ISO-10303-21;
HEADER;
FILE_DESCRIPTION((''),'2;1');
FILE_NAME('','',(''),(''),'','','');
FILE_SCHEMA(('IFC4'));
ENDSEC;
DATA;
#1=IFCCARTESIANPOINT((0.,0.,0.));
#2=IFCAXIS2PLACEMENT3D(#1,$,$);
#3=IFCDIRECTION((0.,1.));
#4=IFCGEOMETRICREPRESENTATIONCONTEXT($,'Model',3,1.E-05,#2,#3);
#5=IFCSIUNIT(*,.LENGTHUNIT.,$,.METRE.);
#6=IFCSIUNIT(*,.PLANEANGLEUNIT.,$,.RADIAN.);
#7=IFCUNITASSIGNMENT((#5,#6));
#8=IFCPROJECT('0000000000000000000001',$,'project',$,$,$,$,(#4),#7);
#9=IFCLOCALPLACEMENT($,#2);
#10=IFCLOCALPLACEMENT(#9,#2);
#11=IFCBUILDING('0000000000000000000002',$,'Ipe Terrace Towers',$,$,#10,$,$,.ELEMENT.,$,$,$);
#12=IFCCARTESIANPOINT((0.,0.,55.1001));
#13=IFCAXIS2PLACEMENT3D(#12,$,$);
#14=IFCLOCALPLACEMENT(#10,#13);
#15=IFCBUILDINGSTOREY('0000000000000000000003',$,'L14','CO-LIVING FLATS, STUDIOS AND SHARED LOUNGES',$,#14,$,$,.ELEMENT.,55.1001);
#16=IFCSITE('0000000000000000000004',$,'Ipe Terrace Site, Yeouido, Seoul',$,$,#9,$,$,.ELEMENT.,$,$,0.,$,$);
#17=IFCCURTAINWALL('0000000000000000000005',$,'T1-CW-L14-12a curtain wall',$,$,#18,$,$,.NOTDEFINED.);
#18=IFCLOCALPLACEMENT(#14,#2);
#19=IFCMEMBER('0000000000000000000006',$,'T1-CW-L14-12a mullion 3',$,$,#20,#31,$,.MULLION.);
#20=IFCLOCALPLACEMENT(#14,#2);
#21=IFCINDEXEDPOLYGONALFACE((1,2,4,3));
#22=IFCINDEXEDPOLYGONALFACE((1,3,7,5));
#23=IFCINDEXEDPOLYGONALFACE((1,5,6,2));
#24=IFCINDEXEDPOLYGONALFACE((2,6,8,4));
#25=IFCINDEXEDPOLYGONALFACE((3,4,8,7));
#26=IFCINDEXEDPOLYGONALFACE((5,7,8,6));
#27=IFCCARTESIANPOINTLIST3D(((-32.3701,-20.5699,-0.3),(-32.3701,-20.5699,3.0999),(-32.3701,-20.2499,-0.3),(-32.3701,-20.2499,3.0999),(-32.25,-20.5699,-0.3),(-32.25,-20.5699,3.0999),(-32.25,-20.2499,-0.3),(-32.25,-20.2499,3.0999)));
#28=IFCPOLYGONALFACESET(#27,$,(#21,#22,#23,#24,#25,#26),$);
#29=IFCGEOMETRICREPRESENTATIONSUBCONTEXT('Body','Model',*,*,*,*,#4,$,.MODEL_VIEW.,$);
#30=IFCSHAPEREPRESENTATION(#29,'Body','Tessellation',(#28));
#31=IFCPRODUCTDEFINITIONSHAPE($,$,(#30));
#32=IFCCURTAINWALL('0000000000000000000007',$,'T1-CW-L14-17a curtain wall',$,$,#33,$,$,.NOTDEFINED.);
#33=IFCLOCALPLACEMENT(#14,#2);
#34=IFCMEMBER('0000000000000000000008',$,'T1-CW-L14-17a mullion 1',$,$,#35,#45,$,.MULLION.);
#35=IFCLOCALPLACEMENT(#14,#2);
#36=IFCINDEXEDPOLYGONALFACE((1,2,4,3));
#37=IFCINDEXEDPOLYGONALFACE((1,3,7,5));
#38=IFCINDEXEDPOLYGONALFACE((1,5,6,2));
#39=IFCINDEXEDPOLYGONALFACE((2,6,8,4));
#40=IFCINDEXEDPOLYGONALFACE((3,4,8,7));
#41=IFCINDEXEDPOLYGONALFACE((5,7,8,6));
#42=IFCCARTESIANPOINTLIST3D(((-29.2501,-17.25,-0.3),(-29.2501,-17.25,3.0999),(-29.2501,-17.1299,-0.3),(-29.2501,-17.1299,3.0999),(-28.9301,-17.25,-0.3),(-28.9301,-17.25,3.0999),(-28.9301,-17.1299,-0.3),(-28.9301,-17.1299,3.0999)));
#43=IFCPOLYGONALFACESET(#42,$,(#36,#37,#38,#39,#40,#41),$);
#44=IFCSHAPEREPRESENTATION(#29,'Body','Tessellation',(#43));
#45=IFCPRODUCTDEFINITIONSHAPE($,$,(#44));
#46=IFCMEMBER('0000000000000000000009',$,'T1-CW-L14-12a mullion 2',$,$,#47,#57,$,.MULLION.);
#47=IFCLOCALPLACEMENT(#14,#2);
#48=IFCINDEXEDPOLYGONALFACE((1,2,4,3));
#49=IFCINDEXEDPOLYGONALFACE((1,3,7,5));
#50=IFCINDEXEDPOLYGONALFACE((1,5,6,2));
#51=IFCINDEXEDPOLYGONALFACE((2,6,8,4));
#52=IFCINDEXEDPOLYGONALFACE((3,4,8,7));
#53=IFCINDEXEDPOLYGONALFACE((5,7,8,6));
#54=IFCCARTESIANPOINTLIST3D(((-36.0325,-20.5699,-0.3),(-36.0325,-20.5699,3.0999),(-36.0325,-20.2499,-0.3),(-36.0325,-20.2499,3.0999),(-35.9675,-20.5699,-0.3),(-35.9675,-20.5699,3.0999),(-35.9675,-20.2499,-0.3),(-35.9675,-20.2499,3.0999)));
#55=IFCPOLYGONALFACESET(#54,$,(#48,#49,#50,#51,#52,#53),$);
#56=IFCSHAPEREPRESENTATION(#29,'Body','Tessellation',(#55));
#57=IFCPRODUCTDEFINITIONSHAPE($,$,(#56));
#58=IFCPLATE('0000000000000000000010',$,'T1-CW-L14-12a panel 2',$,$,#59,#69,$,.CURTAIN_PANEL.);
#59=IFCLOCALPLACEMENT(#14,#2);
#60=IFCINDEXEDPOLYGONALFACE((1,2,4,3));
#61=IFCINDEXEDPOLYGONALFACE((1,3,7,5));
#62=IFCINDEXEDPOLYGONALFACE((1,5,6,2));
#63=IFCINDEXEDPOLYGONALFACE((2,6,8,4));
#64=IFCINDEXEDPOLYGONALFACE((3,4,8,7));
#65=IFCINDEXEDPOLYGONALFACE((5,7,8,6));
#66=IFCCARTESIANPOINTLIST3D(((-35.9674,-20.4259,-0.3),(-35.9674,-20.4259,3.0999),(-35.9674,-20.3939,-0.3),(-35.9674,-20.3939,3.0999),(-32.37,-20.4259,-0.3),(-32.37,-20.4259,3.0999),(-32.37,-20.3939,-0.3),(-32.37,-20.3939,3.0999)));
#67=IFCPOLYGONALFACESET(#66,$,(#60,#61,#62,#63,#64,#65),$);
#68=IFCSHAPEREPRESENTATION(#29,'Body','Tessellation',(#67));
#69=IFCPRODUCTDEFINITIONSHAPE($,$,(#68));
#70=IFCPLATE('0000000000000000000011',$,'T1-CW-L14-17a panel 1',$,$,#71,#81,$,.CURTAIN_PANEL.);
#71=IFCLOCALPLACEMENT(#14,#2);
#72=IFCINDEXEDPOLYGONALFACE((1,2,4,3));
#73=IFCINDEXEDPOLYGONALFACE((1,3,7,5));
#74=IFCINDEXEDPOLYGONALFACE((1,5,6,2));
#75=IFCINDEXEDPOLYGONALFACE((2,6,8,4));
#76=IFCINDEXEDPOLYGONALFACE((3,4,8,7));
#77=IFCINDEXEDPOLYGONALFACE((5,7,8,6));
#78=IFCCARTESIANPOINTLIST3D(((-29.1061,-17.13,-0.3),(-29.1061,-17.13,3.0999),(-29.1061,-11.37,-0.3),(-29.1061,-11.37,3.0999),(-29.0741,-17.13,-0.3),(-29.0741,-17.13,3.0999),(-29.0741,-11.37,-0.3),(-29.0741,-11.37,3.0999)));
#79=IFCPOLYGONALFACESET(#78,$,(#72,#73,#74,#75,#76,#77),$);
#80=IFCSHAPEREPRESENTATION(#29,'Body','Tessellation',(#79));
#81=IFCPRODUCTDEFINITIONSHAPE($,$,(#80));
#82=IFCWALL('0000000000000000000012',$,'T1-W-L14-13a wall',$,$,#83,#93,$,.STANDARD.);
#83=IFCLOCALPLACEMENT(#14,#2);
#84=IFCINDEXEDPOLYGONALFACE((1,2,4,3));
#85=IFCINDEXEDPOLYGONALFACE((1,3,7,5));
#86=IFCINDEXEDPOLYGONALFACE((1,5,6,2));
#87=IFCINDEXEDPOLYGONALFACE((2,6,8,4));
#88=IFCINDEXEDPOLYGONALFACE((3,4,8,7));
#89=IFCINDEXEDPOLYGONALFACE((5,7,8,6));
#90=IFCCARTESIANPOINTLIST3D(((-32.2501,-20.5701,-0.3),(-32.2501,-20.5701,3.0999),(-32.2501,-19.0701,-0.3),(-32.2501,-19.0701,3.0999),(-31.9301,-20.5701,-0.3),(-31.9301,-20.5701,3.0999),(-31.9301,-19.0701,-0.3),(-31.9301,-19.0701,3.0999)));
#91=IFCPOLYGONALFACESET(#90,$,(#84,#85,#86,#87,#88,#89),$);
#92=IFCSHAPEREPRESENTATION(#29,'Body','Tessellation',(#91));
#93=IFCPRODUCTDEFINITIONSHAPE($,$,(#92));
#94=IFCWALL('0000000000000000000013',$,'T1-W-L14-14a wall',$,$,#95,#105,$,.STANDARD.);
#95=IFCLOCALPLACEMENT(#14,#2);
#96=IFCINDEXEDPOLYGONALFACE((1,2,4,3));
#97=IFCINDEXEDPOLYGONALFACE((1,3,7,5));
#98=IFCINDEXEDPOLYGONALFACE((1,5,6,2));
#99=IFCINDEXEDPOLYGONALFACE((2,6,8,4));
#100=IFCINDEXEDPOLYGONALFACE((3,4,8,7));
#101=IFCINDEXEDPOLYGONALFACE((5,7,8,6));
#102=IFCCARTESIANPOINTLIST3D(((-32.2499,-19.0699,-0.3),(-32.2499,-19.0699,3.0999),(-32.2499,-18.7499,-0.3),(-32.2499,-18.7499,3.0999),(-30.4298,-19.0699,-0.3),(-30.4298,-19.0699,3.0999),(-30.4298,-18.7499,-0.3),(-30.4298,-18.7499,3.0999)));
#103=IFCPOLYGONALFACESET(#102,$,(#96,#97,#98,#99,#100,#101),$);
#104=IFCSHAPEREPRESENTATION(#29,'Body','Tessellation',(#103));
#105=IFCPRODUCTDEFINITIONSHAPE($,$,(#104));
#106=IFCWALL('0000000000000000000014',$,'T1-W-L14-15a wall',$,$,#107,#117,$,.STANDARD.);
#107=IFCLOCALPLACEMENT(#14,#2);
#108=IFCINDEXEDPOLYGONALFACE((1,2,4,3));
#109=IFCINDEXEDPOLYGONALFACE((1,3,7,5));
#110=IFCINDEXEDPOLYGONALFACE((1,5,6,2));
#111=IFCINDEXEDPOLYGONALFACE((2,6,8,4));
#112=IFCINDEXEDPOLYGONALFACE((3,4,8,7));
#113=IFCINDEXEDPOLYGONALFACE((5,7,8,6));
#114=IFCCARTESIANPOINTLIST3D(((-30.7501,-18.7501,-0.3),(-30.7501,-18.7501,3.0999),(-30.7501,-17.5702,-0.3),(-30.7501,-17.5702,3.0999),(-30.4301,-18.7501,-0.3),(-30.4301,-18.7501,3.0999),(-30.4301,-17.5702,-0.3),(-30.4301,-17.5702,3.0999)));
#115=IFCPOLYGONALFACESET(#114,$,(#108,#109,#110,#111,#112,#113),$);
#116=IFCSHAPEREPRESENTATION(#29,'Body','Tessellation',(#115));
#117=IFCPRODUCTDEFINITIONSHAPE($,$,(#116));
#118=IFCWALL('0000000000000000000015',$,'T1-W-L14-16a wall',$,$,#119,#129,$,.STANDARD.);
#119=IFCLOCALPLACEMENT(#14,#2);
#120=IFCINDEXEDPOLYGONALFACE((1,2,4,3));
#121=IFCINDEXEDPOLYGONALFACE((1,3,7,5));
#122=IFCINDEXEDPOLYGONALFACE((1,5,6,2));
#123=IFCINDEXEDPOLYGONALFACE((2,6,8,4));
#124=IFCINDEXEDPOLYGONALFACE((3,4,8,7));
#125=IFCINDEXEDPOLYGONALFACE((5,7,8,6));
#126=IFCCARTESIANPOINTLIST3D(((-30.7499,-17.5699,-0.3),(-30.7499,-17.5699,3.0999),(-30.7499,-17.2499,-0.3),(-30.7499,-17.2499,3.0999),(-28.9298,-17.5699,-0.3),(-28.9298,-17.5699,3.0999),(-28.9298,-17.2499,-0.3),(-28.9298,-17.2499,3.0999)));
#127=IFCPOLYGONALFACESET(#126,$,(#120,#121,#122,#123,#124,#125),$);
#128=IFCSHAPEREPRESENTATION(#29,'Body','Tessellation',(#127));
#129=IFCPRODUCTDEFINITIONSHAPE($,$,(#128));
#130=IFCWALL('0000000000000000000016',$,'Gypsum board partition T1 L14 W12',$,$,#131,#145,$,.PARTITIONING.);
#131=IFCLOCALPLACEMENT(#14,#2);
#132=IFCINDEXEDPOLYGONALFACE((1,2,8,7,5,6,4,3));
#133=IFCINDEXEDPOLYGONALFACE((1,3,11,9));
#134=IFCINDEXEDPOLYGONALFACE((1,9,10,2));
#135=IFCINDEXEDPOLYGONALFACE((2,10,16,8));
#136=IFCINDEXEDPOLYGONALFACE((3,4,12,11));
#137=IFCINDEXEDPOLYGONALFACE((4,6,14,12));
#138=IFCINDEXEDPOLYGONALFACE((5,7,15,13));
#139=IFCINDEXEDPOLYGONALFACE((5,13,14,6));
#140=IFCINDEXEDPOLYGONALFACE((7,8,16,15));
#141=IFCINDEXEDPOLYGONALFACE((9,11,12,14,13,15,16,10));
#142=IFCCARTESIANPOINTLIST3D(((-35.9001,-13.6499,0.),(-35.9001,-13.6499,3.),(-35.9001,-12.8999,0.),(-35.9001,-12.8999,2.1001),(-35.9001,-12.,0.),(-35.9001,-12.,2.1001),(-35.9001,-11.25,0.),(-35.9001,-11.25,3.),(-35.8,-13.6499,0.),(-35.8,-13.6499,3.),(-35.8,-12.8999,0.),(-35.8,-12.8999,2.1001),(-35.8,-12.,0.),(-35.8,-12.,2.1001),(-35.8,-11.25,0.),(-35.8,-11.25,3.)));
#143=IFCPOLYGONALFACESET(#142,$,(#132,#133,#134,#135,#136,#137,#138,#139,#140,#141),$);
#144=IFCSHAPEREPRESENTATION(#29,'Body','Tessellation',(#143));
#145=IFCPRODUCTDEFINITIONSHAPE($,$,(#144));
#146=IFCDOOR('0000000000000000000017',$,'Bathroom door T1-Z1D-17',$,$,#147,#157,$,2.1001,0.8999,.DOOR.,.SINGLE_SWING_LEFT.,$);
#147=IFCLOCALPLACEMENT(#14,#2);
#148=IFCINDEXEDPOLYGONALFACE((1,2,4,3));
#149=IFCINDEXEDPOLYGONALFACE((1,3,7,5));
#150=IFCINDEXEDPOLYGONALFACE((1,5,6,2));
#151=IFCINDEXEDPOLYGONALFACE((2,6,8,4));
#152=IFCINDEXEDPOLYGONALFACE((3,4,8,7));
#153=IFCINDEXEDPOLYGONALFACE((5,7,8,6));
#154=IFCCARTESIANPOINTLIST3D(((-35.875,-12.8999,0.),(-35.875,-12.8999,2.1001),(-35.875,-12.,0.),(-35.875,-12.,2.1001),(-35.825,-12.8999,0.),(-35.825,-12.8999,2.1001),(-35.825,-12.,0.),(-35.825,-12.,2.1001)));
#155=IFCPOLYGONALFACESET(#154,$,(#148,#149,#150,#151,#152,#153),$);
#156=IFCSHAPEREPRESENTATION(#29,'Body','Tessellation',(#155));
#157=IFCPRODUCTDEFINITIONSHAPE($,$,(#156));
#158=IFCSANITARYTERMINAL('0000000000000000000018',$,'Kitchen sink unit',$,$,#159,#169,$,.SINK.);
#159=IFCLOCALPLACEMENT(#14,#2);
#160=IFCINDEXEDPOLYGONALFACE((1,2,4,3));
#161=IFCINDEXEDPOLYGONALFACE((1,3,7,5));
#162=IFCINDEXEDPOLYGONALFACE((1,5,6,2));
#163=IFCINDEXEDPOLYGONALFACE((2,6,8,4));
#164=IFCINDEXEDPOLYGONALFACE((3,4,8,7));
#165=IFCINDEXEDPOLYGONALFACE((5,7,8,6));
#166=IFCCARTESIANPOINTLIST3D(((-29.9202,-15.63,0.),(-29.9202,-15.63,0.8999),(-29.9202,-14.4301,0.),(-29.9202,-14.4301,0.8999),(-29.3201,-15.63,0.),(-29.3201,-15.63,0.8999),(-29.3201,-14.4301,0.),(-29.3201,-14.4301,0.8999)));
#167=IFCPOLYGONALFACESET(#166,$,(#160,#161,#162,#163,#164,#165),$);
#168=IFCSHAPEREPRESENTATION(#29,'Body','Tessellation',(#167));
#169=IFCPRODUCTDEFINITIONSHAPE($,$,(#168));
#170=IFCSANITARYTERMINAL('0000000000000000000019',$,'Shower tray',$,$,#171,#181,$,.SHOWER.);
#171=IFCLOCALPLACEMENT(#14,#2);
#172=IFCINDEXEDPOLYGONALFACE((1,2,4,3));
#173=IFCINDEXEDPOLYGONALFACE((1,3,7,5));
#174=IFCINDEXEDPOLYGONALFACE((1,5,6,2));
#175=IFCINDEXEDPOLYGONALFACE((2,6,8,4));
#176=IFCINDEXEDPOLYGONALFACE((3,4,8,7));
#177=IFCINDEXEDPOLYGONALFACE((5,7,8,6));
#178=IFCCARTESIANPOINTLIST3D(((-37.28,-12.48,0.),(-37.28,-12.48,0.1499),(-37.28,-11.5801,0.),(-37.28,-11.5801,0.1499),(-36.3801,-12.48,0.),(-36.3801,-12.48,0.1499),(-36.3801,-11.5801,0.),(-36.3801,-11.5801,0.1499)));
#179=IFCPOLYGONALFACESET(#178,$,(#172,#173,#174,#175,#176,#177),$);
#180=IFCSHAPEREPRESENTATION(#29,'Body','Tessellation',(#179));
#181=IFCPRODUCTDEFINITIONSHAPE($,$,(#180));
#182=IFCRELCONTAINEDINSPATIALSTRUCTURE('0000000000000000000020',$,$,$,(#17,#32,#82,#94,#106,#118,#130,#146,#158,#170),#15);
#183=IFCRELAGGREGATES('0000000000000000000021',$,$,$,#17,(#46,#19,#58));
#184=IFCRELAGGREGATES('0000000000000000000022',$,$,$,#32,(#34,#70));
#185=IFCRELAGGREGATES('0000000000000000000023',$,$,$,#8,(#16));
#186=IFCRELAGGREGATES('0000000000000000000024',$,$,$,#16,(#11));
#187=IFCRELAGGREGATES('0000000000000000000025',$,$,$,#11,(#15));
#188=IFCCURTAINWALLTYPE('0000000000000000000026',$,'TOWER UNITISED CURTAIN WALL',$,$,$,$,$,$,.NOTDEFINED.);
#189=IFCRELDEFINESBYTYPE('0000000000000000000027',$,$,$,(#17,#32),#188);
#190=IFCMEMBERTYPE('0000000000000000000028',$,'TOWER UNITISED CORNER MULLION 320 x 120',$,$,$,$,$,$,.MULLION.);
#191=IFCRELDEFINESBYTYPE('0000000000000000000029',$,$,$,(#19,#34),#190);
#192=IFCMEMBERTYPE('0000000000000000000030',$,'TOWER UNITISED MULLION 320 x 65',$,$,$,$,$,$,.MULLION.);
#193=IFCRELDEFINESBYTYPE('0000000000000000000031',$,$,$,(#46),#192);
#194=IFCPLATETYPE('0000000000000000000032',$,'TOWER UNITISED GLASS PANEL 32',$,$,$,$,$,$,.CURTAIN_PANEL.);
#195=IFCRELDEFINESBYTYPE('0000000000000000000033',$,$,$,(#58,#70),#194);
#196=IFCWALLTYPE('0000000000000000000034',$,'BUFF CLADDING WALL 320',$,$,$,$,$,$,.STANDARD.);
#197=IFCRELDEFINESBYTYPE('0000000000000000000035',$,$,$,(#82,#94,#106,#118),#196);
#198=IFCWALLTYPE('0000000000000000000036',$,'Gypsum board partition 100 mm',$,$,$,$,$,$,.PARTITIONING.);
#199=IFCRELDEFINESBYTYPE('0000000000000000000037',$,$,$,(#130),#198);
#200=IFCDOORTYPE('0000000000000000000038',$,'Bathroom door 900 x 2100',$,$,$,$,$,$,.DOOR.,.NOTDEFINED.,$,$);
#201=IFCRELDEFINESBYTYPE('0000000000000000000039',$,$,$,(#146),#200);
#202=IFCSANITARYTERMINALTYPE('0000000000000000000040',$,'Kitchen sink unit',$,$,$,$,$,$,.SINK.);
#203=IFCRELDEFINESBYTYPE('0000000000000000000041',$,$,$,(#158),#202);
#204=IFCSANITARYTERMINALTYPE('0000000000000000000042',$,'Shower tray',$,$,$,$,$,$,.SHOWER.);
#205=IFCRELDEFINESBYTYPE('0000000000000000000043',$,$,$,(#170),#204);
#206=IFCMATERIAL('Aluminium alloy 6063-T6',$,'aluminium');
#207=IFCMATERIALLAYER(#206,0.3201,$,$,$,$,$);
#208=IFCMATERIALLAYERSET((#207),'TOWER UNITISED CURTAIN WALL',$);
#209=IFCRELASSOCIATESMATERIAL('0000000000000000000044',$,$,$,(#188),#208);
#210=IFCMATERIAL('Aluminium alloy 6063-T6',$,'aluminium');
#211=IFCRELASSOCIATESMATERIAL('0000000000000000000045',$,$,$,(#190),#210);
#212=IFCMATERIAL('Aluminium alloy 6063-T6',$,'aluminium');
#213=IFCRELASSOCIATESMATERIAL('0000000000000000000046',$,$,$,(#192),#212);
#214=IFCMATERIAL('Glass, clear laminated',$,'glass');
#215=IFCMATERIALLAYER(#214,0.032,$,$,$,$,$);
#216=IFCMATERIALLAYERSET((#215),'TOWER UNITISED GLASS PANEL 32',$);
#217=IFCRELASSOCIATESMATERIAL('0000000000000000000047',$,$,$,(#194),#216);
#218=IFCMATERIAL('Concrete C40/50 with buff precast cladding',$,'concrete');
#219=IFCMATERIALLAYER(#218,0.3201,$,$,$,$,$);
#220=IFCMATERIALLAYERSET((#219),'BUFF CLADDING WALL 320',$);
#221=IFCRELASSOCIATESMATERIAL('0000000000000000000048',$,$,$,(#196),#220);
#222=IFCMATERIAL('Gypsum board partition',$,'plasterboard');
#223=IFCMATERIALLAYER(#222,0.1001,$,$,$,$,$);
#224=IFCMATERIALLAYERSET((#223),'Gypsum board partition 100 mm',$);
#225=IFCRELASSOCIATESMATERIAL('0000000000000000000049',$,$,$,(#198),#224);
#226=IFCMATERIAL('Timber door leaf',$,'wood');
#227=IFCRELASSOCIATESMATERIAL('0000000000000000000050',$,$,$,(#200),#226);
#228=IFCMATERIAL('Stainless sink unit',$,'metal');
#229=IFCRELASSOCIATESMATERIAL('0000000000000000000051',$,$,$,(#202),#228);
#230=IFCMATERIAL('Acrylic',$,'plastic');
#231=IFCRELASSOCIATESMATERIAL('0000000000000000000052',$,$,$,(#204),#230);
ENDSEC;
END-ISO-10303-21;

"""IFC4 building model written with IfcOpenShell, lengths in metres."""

from ifc_helpers import new_model, si_unit, direction, frame, frame_2d, origin, origin_2d, place, context, subcontext, project, spatial, rectangle, extrude, material, layer, layer_set, material_profile, profile_set, type_object, element, fill, aggregate, save


model = new_model("IFC4")

# Units and contexts
model_context = context("Model", 3, precision=1e-05, world=origin(), true_north=direction((0.0, 1.0)))
body_context = subcontext(model_context, "Body", "Model", "MODEL_VIEW")
ifc_project = project(units=[si_unit("LENGTHUNIT", "METRE"), si_unit("PLANEANGLEUNIT", "RADIAN")], contexts=[model_context])

# Site, building, storey
site_placement = place(None, origin())
site = spatial("IfcSite", under=ifc_project, at=site_placement, Name="Ipe Terrace Site, Yeouido, Seoul", CompositionType="ELEMENT", RefElevation=0.0)
building_placement = place(site_placement, origin())
building = spatial("IfcBuilding", under=site, at=building_placement, Name="Ipe Terrace Towers", CompositionType="ELEMENT")
storey_placement = place(building_placement, frame((0.0, 0.0, 55.1001)))
storey = spatial("IfcBuildingStorey", under=building, at=storey_placement, Name="L14", Description="CO-LIVING FLATS, STUDIOS AND SHARED LOUNGES", CompositionType="ELEMENT", Elevation=55.1001)

# Curtain walls, members
ifc_material_1 = material(Name="Aluminium alloy 6063-T6", Category="aluminium")
ifc_layer_1 = layer(ifc_material_1, 0.3201)
ifc_layer_set_1 = layer_set([ifc_layer_1], Name="TOWER UNITISED CURTAIN WALL")
curtain_wall_type = type_object("IfcCurtainWallType", Name="TOWER UNITISED CURTAIN WALL", PredefinedType="NOTDEFINED", material=ifc_layer_set_1)
curtain_wall_1_placement = place(storey_placement, origin())
curtain_wall_1 = element("IfcCurtainWall", 1, at=curtain_wall_1_placement, inside=storey, type_object=curtain_wall_type, Name="T1-CW-L14-12a curtain wall", PredefinedType="NOTDEFINED")
ifc_material_2 = material(Name="Aluminium alloy 6063-T6", Category="aluminium")
ifc_material_profile_1 = material_profile(ifc_material_2, rectangle(XDim=0.3201, YDim=0.1201, at=origin_2d()), Name="TOWER UNITISED CORNER MULLION 320 x 120")
ifc_profile_set_1 = profile_set([ifc_material_profile_1], Name="Aluminium alloy 6063-T6")
member_type_1 = type_object("IfcMemberType", Name="TOWER UNITISED CORNER MULLION 320 x 120", PredefinedType="MULLION", material=ifc_profile_set_1)
member_1_placement = place(storey_placement, frame((-32.3101, -20.4099, -0.3), z_axis=(0.0, 0.0, 1.0), x_axis=(0.0, -1.0, 0.0)))
member_1 = element("IfcMember", 2, at=member_1_placement, type_object=member_type_1, Name="T1-CW-L14-12a mullion 3", PredefinedType="MULLION", context=body_context, shape_type="SweptSolid", body=[
    extrude(rectangle(XDim=0.3201, YDim=0.1201, at=origin_2d()), origin(), (0.0, 0.0, 1.0), 3.3999),
])
curtain_wall_2_placement = place(storey_placement, origin())
curtain_wall_2 = element("IfcCurtainWall", 3, at=curtain_wall_2_placement, inside=storey, type_object=curtain_wall_type, Name="T1-CW-L14-17a curtain wall", PredefinedType="NOTDEFINED")
member_2_placement = place(storey_placement, frame((-29.0901, -17.1899, -0.3), z_axis=(0.0, 0.0, 1.0), x_axis=(1.0, 0.0, 0.0)))
member_2 = element("IfcMember", 4, at=member_2_placement, type_object=member_type_1, Name="T1-CW-L14-17a mullion 1", PredefinedType="MULLION", context=body_context, shape_type="SweptSolid", body=[
    extrude(rectangle(XDim=0.3201, YDim=0.1201, at=origin_2d()), origin(), (0.0, 0.0, 1.0), 3.3999),
])

# Member
ifc_material_3 = material(Name="Aluminium alloy 6063-T6", Category="aluminium")
ifc_material_profile_2 = material_profile(ifc_material_3, rectangle(XDim=0.3201, YDim=0.0649, at=origin_2d()), Name="TOWER UNITISED MULLION 320 x 65")
ifc_profile_set_2 = profile_set([ifc_material_profile_2], Name="Aluminium alloy 6063-T6")
member_type_2 = type_object("IfcMemberType", Name="TOWER UNITISED MULLION 320 x 65", PredefinedType="MULLION", material=ifc_profile_set_2)
member_3_placement = place(storey_placement, frame((-36.0, -20.4099, -0.3), z_axis=(0.0, 0.0, 1.0), x_axis=(0.0, -1.0, 0.0)))
member_3 = element("IfcMember", 5, at=member_3_placement, type_object=member_type_2, Name="T1-CW-L14-12a mullion 2", PredefinedType="MULLION", context=body_context, shape_type="SweptSolid", body=[
    extrude(rectangle(XDim=0.3201, YDim=0.0649, at=origin_2d()), origin(), (0.0, 0.0, 1.0), 3.3999),
])

# Plates
ifc_material_4 = material(Name="Glass, clear laminated", Category="glass")
ifc_layer_2 = layer(ifc_material_4, 0.032)
ifc_layer_set_2 = layer_set([ifc_layer_2], Name="TOWER UNITISED GLASS PANEL 32")
plate_type = type_object("IfcPlateType", Name="TOWER UNITISED GLASS PANEL 32", PredefinedType="CURTAIN_PANEL", material=ifc_layer_set_2)
plate_1_placement = place(storey_placement, frame((-34.1687, -20.4099, -0.3), z_axis=(0.0, 0.0, 1.0), x_axis=(1.0, 0.0, 0.0)))
plate_1 = element("IfcPlate", 6, at=plate_1_placement, type_object=plate_type, Name="T1-CW-L14-12a panel 2", PredefinedType="CURTAIN_PANEL", context=body_context, shape_type="SweptSolid", body=[
    extrude(rectangle(XDim=3.5974, YDim=0.032, at=origin_2d()), origin(), (0.0, 0.0, 1.0), 3.3999),
])
aggregate(curtain_wall_1, [member_3, member_1, plate_1])
plate_2_placement = place(storey_placement, frame((-29.0901, -14.25, -0.3), z_axis=(0.0, 0.0, 1.0), x_axis=(0.0, 1.0, 0.0)))
plate_2 = element("IfcPlate", 7, at=plate_2_placement, type_object=plate_type, Name="T1-CW-L14-17a panel 1", PredefinedType="CURTAIN_PANEL", context=body_context, shape_type="SweptSolid", body=[
    extrude(rectangle(XDim=5.76, YDim=0.032, at=origin_2d()), origin(), (0.0, 0.0, 1.0), 3.3999),
])
aggregate(curtain_wall_2, [member_2, plate_2])

# Walls
ifc_material_5 = material(Name="Concrete C40/50 with buff precast cladding", Category="concrete")
ifc_layer_3 = layer(ifc_material_5, 0.3201)
ifc_layer_set_3 = layer_set([ifc_layer_3], Name="BUFF CLADDING WALL 320")
wall_type_1 = type_object("IfcWallType", Name="BUFF CLADDING WALL 320", PredefinedType="STANDARD", material=ifc_layer_set_3)
wall_1_placement = place(storey_placement, frame((-32.0901, -20.5701, -0.3), z_axis=(0.0, 0.0, 1.0), x_axis=(0.0, 1.0, 0.0)))
element("IfcWall", 8, at=wall_1_placement, inside=storey, type_object=wall_type_1, Name="T1-W-L14-13a wall", PredefinedType="STANDARD", context=body_context, shape_type="SweptSolid", body=[
    extrude(rectangle(XDim=1.5, YDim=0.3201, at=frame_2d((0.75, 0.0))), origin(), (0.0, 0.0, 1.0), 3.3999),
])
wall_2_placement = place(storey_placement, frame((-32.25, -18.9099, -0.3), z_axis=(0.0, 0.0, 1.0), x_axis=(1.0, 0.0, 0.0)))
element("IfcWall", 9, at=wall_2_placement, inside=storey, type_object=wall_type_1, Name="T1-W-L14-14a wall", PredefinedType="STANDARD", context=body_context, shape_type="SweptSolid", body=[
    extrude(rectangle(XDim=1.8201, YDim=0.3201, at=frame_2d((0.9102, 0.0))), origin(), (0.0, 0.0, 1.0), 3.3999),
])
wall_3_placement = place(storey_placement, frame((-30.5901, -18.75, -0.3), z_axis=(0.0, 0.0, 1.0), x_axis=(0.0, 1.0, 0.0)))
element("IfcWall", 10, at=wall_3_placement, inside=storey, type_object=wall_type_1, Name="T1-W-L14-15a wall", PredefinedType="STANDARD", context=body_context, shape_type="SweptSolid", body=[
    extrude(rectangle(XDim=1.1799, YDim=0.3201, at=frame_2d((0.5898, 0.0))), origin(), (0.0, 0.0, 1.0), 3.3999),
])
wall_4_placement = place(storey_placement, frame((-30.75, -17.4099, -0.3), z_axis=(0.0, 0.0, 1.0), x_axis=(1.0, 0.0, 0.0)))
element("IfcWall", 11, at=wall_4_placement, inside=storey, type_object=wall_type_1, Name="T1-W-L14-16a wall", PredefinedType="STANDARD", context=body_context, shape_type="SweptSolid", body=[
    extrude(rectangle(XDim=1.8201, YDim=0.3201, at=frame_2d((0.9102, 0.0))), origin(), (0.0, 0.0, 1.0), 3.3999),
])

# Wall, opening, door
ifc_material_6 = material(Name="Gypsum board partition", Category="plasterboard")
ifc_layer_4 = layer(ifc_material_6, 0.1001)
ifc_layer_set_4 = layer_set([ifc_layer_4], Name="Gypsum board partition 100 mm")
wall_type_2 = type_object("IfcWallType", Name="Gypsum board partition 100 mm", PredefinedType="PARTITIONING", material=ifc_layer_set_4)
wall_5_placement = place(storey_placement, frame((-35.8501, -13.6499, 0.0), z_axis=(0.0, 0.0, 1.0), x_axis=(0.0, 1.0, 0.0)))
wall_5 = element("IfcWall", 12, at=wall_5_placement, inside=storey, type_object=wall_type_2, Name="Gypsum board partition T1 L14 W12", PredefinedType="PARTITIONING", context=body_context, shape_type="SweptSolid", body=[
    extrude(rectangle(XDim=2.3999, YDim=0.1001, at=frame_2d((1.2, 0.0))), origin(), (0.0, 0.0, 1.0), 3.0),
])
opening_placement = place(wall_5_placement, frame((0.75, 0.0, 0.0)))
opening = element("IfcOpeningElement", 13, at=opening_placement, cuts=wall_5, PredefinedType="OPENING", context=body_context, shape_type="SweptSolid", body=[
    extrude(rectangle(XDim=0.8999, YDim=2.1001, at=frame_2d((0.45, 1.05))), frame((0.0, 0.0601, 0.0), z_axis=(0.0, -1.0, 0.0), x_axis=(1.0, 0.0, 0.0)), (0.0, 0.0, 1.0), 0.1201),
])
ifc_material_7 = material(Name="Timber door leaf", Category="wood")
door_type = type_object("IfcDoorType", Name="Bathroom door 900 x 2100", OperationType="NOTDEFINED", PredefinedType="DOOR", material=ifc_material_7)
door_placement = place(opening_placement, origin())
door = element("IfcDoor", 14, at=door_placement, inside=storey, type_object=door_type, Name="Bathroom door T1-Z1D-17", OperationType="SINGLE_SWING_LEFT", OverallHeight=2.1001, OverallWidth=0.8999, PredefinedType="DOOR", context=body_context, shape_type="SweptSolid", body=[
    extrude(rectangle(XDim=0.8999, YDim=2.1001, at=frame_2d((0.45, 1.05))), frame((0.0, 0.0249, 0.0), z_axis=(0.0, -1.0, 0.0), x_axis=(1.0, 0.0, 0.0)), (0.0, 0.0, 1.0), 0.05),
])
fill(opening, door)

# Sanitary terminals
ifc_material_8 = material(Name="Stainless sink unit", Category="metal")
sanitary_terminal_type_1 = type_object("IfcSanitaryTerminalType", Name="Kitchen sink unit", PredefinedType="SINK", material=ifc_material_8)
sanitary_terminal_1_placement = place(storey_placement, frame((-29.6201, -15.03, 0.0), z_axis=(0.0, 0.0, 1.0), x_axis=(0.0, -1.0, 0.0)))
element("IfcSanitaryTerminal", 15, at=sanitary_terminal_1_placement, inside=storey, type_object=sanitary_terminal_type_1, Name="Kitchen sink unit", PredefinedType="SINK", context=body_context, shape_type="SweptSolid", body=[
    extrude(rectangle(XDim=1.2, YDim=0.6001, at=origin_2d()), origin(), (0.0, 0.0, 1.0), 0.8999),
])
ifc_material_9 = material(Name="Acrylic", Category="plastic")
sanitary_terminal_type_2 = type_object("IfcSanitaryTerminalType", Name="Shower tray", PredefinedType="SHOWER", material=ifc_material_9)
sanitary_terminal_2_placement = place(storey_placement, frame((-36.8301, -12.03, 0.0), z_axis=(0.0, 0.0, 1.0), x_axis=(1.0, 0.0, 0.0)))
element("IfcSanitaryTerminal", 16, at=sanitary_terminal_2_placement, inside=storey, type_object=sanitary_terminal_type_2, Name="Shower tray", PredefinedType="SHOWER", context=body_context, shape_type="SweptSolid", body=[
    extrude(rectangle(XDim=0.8999, YDim=0.8999, at=origin_2d()), origin(), (0.0, 0.0, 1.0), 0.1499),
])

save(model, "model.ifc")
